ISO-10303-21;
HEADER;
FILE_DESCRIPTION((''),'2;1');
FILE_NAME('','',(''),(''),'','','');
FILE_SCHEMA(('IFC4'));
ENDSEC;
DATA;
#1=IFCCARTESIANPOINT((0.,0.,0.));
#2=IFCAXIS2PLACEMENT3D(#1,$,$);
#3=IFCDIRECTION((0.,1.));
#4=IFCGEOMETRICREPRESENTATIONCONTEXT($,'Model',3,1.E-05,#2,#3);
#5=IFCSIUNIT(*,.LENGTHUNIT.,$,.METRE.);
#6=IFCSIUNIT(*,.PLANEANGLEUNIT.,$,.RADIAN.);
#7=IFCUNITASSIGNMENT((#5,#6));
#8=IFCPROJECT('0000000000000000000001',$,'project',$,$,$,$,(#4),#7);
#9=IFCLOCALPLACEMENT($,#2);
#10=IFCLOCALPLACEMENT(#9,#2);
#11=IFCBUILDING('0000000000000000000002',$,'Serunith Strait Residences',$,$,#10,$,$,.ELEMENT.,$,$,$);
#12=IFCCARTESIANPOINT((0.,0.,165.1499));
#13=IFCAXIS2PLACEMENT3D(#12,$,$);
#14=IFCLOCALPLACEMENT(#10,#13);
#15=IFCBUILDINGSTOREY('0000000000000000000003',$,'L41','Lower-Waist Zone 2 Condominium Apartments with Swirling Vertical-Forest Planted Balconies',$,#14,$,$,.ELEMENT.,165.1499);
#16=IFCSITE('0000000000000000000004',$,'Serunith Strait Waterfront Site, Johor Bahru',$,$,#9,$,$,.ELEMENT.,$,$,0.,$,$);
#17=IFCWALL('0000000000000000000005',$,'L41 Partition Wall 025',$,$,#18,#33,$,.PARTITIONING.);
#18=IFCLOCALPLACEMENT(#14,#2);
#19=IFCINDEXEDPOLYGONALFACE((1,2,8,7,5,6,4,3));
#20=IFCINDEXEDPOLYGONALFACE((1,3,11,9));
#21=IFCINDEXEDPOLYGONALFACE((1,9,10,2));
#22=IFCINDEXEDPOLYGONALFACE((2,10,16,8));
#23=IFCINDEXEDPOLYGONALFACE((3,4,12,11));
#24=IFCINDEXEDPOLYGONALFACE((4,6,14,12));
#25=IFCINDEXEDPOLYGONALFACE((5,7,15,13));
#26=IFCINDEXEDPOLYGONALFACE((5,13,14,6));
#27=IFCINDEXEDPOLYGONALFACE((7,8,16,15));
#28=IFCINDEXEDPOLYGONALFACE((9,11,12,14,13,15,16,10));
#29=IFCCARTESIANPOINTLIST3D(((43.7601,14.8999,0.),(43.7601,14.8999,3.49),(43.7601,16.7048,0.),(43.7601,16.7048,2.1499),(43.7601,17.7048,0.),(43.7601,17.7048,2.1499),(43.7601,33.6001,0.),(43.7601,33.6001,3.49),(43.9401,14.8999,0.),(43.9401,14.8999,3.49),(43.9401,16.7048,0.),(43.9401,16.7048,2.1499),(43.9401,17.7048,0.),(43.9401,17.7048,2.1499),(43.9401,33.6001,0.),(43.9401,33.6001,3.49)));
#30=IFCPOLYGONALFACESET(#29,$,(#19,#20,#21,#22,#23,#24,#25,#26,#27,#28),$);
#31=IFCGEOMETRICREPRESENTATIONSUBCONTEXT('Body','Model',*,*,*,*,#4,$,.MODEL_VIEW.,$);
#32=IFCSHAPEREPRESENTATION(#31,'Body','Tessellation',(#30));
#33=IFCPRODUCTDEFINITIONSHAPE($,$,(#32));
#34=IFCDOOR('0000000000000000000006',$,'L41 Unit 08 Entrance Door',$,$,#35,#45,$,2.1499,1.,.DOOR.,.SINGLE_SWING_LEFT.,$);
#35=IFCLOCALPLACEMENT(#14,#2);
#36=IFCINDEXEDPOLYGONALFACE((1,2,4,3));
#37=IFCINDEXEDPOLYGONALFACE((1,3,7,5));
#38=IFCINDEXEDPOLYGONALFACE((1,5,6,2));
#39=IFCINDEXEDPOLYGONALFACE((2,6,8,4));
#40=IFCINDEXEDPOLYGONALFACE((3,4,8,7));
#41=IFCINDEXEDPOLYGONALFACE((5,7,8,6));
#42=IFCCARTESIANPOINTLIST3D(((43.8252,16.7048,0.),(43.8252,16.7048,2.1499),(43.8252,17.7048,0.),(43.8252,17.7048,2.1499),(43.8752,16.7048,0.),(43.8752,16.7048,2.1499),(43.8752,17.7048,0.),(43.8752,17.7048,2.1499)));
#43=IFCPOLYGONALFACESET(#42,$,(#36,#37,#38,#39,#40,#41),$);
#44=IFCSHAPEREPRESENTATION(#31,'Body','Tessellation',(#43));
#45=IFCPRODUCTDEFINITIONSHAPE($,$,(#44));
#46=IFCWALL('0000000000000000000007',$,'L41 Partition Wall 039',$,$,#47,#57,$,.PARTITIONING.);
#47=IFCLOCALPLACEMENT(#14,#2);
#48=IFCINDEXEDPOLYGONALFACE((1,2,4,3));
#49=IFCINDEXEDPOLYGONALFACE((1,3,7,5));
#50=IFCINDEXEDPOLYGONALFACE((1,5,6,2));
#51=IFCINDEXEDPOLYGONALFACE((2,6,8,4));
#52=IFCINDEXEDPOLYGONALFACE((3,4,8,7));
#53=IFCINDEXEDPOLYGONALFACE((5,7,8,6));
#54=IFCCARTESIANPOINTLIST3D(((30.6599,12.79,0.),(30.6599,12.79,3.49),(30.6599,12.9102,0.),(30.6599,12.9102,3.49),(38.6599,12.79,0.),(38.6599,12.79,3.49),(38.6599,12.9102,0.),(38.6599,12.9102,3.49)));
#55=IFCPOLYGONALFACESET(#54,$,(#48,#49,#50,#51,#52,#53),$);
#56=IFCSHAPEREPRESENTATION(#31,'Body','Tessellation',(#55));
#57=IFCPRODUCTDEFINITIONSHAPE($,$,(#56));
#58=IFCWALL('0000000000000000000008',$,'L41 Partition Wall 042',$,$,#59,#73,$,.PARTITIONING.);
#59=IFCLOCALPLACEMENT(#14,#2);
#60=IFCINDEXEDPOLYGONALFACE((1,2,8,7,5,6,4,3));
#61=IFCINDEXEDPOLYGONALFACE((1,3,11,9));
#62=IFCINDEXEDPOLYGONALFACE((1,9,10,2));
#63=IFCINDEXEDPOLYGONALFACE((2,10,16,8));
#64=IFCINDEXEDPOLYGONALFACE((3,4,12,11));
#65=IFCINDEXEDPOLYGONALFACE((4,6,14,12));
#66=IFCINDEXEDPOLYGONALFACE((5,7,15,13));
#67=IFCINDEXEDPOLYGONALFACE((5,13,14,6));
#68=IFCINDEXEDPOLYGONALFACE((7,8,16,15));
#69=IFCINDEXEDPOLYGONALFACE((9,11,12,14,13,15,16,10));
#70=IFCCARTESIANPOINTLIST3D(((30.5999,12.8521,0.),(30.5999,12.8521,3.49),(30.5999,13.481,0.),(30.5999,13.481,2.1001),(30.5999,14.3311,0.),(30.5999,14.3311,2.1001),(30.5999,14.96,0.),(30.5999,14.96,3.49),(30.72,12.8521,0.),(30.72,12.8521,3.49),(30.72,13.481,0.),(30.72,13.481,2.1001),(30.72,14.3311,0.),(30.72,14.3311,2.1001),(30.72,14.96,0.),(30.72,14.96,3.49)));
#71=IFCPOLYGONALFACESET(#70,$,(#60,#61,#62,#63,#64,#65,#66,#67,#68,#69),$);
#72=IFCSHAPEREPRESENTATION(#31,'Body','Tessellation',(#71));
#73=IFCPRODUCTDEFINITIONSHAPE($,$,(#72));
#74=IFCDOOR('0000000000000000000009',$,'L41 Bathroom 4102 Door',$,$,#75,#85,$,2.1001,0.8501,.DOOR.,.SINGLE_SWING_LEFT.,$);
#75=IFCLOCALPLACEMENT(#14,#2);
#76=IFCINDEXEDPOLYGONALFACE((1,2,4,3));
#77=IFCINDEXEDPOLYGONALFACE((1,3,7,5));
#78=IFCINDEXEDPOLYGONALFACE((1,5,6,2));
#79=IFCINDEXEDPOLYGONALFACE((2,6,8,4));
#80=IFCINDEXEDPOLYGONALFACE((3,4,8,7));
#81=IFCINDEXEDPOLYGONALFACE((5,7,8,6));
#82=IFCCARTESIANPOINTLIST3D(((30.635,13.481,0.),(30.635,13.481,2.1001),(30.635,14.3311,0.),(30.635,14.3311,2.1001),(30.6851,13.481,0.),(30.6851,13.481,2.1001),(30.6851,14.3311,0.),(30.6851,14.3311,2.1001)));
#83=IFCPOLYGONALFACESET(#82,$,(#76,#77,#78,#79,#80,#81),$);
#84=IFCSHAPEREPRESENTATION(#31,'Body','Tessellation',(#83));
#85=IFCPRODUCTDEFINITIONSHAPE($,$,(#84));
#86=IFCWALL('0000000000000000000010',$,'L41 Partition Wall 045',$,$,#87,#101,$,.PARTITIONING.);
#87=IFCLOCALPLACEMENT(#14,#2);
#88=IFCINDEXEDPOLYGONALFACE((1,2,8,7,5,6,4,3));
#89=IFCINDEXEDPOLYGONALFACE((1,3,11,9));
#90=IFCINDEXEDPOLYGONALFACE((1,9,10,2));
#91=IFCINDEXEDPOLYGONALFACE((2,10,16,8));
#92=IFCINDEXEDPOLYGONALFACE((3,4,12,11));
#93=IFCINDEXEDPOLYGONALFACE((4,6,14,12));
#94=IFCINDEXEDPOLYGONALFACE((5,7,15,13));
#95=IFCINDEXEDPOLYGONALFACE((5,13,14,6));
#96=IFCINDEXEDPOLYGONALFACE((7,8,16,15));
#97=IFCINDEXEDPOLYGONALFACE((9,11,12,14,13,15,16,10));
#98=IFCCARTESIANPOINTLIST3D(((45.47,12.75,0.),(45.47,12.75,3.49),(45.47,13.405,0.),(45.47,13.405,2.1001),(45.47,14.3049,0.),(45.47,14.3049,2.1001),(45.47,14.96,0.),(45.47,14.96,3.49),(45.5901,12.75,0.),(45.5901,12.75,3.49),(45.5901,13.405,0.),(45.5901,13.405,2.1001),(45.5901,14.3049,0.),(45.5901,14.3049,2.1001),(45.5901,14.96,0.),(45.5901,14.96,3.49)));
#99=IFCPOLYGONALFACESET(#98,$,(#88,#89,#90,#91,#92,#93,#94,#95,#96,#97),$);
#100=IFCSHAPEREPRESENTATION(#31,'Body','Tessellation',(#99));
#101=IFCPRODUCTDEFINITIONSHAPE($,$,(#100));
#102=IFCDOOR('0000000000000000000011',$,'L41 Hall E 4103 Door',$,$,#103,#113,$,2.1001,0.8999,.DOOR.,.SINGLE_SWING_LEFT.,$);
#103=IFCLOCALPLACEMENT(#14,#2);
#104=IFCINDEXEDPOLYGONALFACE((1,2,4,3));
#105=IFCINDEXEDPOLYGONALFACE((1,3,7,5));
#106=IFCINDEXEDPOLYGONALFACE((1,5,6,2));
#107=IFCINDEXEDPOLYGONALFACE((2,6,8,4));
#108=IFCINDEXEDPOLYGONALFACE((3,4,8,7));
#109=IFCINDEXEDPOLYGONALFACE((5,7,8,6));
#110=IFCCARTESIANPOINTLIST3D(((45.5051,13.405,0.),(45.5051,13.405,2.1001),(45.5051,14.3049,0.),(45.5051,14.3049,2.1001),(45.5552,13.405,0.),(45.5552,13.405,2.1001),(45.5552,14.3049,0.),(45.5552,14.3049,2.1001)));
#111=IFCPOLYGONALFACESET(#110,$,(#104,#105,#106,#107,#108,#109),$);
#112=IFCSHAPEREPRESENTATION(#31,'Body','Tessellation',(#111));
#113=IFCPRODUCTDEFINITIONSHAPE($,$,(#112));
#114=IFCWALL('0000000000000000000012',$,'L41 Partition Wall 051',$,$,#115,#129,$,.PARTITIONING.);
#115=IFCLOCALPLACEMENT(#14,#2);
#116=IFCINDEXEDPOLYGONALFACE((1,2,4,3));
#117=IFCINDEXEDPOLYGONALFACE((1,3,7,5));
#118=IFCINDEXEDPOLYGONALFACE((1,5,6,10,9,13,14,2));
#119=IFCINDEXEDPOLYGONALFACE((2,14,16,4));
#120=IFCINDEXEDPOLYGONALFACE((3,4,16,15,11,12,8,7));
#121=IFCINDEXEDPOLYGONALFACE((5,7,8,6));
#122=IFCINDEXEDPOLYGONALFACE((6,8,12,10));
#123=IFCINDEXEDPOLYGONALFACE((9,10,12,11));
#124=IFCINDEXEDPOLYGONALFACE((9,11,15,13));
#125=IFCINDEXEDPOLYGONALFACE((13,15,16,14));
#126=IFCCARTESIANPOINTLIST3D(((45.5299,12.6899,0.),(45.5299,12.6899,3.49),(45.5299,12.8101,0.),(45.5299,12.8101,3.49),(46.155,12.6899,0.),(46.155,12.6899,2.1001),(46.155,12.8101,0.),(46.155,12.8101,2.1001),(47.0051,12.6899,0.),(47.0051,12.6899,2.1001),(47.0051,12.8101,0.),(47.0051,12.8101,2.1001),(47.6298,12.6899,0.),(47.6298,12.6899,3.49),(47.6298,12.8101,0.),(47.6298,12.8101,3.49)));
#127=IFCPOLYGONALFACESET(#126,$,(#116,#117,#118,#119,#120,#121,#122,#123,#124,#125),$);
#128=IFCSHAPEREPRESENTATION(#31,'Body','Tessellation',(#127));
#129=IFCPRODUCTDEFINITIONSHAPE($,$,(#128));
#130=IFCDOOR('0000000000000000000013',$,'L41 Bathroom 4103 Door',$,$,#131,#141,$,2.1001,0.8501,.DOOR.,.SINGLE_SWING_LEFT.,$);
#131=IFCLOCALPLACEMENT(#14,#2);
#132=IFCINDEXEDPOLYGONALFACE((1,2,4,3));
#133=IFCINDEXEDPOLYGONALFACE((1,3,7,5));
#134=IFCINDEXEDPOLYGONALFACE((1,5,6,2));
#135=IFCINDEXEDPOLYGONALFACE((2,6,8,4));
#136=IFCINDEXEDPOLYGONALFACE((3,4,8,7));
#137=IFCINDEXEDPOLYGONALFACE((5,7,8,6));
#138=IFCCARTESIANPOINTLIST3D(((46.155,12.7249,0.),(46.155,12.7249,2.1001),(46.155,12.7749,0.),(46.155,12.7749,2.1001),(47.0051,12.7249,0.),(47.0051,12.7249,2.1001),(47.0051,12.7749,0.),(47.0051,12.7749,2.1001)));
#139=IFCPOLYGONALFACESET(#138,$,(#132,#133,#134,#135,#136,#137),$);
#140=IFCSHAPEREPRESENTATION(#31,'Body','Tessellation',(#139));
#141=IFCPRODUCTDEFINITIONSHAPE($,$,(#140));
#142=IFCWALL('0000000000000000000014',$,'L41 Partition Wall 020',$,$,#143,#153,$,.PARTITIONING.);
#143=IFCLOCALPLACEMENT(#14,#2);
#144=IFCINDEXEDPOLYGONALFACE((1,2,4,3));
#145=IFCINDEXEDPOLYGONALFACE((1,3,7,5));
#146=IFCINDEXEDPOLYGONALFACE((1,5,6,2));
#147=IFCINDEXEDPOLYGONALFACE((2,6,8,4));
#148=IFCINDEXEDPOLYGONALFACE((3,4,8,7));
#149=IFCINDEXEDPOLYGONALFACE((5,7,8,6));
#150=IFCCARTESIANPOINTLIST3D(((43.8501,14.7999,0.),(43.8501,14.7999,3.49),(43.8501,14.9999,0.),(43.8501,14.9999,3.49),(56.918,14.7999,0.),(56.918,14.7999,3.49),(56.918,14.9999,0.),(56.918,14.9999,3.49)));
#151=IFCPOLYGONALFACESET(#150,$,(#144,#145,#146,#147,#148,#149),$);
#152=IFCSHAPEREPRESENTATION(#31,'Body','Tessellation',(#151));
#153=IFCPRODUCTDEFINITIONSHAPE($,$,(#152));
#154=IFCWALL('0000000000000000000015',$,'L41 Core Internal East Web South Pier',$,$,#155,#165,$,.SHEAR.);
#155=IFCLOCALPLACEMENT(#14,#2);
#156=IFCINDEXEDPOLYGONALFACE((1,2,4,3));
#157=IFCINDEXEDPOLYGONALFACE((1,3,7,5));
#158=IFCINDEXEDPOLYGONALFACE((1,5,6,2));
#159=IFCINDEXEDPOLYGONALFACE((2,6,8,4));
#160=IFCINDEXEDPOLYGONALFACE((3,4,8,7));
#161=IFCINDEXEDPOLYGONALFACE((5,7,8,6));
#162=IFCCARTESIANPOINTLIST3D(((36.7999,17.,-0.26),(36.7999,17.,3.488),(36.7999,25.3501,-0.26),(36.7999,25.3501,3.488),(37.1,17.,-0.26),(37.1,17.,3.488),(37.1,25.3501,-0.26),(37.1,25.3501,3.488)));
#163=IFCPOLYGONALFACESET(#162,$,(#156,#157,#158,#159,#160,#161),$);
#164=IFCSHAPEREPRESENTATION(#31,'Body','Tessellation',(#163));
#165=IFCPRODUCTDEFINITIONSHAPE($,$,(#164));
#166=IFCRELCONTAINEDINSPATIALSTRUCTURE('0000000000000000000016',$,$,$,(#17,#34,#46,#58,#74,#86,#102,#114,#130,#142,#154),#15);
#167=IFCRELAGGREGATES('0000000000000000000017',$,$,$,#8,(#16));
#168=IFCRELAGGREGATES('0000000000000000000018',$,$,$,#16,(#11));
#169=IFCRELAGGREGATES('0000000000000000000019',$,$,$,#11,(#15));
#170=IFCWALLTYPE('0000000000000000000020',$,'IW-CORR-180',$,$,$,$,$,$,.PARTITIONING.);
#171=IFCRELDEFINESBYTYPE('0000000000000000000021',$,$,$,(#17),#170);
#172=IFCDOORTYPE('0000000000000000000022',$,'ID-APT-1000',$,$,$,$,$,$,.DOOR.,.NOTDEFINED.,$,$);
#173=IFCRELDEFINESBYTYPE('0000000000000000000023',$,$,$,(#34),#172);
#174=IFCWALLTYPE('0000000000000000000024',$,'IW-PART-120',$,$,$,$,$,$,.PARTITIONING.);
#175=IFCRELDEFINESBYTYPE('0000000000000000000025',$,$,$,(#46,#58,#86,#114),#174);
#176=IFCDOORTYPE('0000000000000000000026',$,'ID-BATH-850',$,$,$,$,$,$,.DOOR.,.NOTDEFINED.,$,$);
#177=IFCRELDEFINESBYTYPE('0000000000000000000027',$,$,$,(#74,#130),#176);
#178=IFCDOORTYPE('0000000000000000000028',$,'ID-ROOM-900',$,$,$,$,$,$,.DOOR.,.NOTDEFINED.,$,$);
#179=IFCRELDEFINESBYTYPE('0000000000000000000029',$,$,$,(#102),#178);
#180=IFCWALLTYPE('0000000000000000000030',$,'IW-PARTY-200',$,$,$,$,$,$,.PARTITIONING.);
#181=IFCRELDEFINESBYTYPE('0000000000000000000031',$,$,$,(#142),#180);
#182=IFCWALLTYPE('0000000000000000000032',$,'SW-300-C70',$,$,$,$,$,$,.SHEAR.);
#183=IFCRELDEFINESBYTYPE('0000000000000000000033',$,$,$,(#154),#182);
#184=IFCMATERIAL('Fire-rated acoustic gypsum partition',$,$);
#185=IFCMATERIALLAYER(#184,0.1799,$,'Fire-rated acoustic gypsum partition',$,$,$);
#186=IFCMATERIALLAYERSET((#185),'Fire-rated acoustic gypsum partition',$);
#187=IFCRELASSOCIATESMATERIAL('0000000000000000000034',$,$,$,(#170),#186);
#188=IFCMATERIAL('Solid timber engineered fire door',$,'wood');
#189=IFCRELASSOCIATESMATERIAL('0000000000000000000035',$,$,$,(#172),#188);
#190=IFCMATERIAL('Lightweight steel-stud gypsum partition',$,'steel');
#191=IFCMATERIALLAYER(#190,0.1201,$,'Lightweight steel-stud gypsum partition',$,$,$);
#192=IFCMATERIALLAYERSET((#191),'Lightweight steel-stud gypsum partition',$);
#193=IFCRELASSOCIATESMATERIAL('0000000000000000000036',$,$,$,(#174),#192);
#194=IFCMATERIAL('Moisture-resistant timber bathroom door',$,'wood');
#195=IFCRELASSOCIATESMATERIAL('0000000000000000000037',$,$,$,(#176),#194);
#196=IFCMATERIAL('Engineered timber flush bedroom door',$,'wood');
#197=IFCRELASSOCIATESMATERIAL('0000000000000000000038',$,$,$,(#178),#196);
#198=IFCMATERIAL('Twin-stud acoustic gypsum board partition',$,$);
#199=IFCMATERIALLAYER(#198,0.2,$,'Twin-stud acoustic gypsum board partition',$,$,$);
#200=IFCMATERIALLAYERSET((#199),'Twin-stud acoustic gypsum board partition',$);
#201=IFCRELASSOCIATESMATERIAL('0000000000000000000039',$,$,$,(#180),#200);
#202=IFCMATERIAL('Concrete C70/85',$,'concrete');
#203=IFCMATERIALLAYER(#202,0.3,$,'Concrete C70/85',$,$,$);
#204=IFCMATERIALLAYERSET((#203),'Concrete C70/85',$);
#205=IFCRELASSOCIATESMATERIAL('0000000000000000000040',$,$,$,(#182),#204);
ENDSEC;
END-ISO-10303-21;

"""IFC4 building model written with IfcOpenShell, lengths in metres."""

from ifc_helpers import new_model, si_unit, direction, frame, frame_2d, origin, place, context, subcontext, project, spatial, rectangle, extrude, source, transform, mapped, material, layer, layer_set, type_object, element, fill, save


model = new_model("IFC4")

# Units and contexts
model_context = context("Model", 3, precision=1e-05, world=origin(), true_north=direction((0.0, 1.0)))
body_context = subcontext(model_context, "Body", "Model", "MODEL_VIEW")
ifc_project = project(units=[si_unit("LENGTHUNIT", "METRE"), si_unit("PLANEANGLEUNIT", "RADIAN")], contexts=[model_context])

# Site, building, storey
site_placement = place(None, origin())
site = spatial("IfcSite", under=ifc_project, at=site_placement, Name="Serunith Strait Waterfront Site, Johor Bahru", CompositionType="ELEMENT", RefElevation=0.0)
building_placement = place(site_placement, origin())
building = spatial("IfcBuilding", under=site, at=building_placement, Name="Serunith Strait Residences", CompositionType="ELEMENT")
storey_placement = place(building_placement, frame((0.0, 0.0, 165.1499)))
storey = spatial("IfcBuildingStorey", under=building, at=storey_placement, Name="L41", Description="Lower-Waist Zone 2 Condominium Apartments with Swirling Vertical-Forest Planted Balconies", CompositionType="ELEMENT", Elevation=165.1499)

# Wall, opening, door
ifc_material_1 = material(Name="Fire-rated acoustic gypsum partition")
ifc_layer_1 = layer(ifc_material_1, 0.1799, Name="Fire-rated acoustic gypsum partition")
ifc_layer_set_1 = layer_set([ifc_layer_1], Name="Fire-rated acoustic gypsum partition")
wall_type_1 = type_object("IfcWallType", Name="IW-CORR-180", PredefinedType="PARTITIONING", material=ifc_layer_set_1)
wall_1_placement = place(storey_placement, frame((43.8501, 14.8999, 0.0), z_axis=(0.0, 0.0, 1.0), x_axis=(0.0, 1.0, 0.0)))
wall_1 = element("IfcWall", 1, at=wall_1_placement, inside=storey, type_object=wall_type_1, Name="L41 Partition Wall 025", PredefinedType="PARTITIONING", context=body_context, shape_type="SweptSolid", body=[
    extrude(rectangle(XDim=18.7002, YDim=0.1799, at=frame_2d((9.3501, 0.0))), origin(), (0.0, 0.0, 1.0), 3.49),
])
opening_1_placement = place(wall_1_placement, frame((1.8049, 0.0, 0.0)))
opening_1 = element("IfcOpeningElement", 2, at=opening_1_placement, cuts=wall_1, PredefinedType="OPENING", context=body_context, shape_type="SweptSolid", body=[
    extrude(rectangle(XDim=1.0, YDim=2.1499, at=frame_2d((0.5, 1.075))), frame((0.0, 0.1001, 0.0), z_axis=(0.0, -1.0, 0.0), x_axis=(1.0, 0.0, 0.0)), (0.0, 0.0, 1.0), 0.2),
])
ifc_material_2 = material(Name="Solid timber engineered fire door", Category="wood")
door_type_1 = type_object("IfcDoorType", Name="ID-APT-1000", OperationType="NOTDEFINED", PredefinedType="DOOR", material=ifc_material_2)
shared_shape_1 = source(origin(), body_context, "Body", "SweptSolid", [
    extrude(rectangle(XDim=1.0, YDim=2.1499, at=frame_2d((0.5, 1.075))), frame((0.0, 0.0249, 0.0), z_axis=(0.0, -1.0, 0.0), x_axis=(1.0, 0.0, 0.0)), (0.0, 0.0, 1.0), 0.05),
])
door_1_placement = place(opening_1_placement, origin())
door_1 = element("IfcDoor", 3, at=door_1_placement, inside=storey, type_object=door_type_1, Name="L41 Unit 08 Entrance Door", OperationType="SINGLE_SWING_LEFT", OverallHeight=2.1499, OverallWidth=1.0, PredefinedType="DOOR", context=body_context, shape_type="MappedRepresentation", body=[
    mapped(shared_shape_1, transform((0.0, 0.0, 0.0), scale=1.0)),
])
fill(opening_1, door_1)

# Wall
ifc_material_3 = material(Name="Lightweight steel-stud gypsum partition", Category="steel")
ifc_layer_2 = layer(ifc_material_3, 0.1201, Name="Lightweight steel-stud gypsum partition")
ifc_layer_set_2 = layer_set([ifc_layer_2], Name="Lightweight steel-stud gypsum partition")
wall_type_2 = type_object("IfcWallType", Name="IW-PART-120", PredefinedType="PARTITIONING", material=ifc_layer_set_2)
wall_2_placement = place(storey_placement, frame((30.6599, 12.8501, 0.0), z_axis=(0.0, 0.0, 1.0), x_axis=(1.0, 0.0, 0.0)))
element("IfcWall", 4, at=wall_2_placement, inside=storey, type_object=wall_type_2, Name="L41 Partition Wall 039", PredefinedType="PARTITIONING", context=body_context, shape_type="SweptSolid", body=[
    extrude(rectangle(XDim=8.0, YDim=0.1201, at=frame_2d((4.0, 0.0))), origin(), (0.0, 0.0, 1.0), 3.49),
])

# Walls, openings, doors
wall_3_placement = place(storey_placement, frame((30.6599, 12.8521, 0.0), z_axis=(0.0, 0.0, 1.0), x_axis=(0.0, 1.0, 0.0)))
wall_3 = element("IfcWall", 5, at=wall_3_placement, inside=storey, type_object=wall_type_2, Name="L41 Partition Wall 042", PredefinedType="PARTITIONING", context=body_context, shape_type="SweptSolid", body=[
    extrude(rectangle(XDim=2.1079, YDim=0.1201, at=frame_2d((1.054, 0.0))), origin(), (0.0, 0.0, 1.0), 3.49),
])
opening_2_placement = place(wall_3_placement, frame((0.6289, 0.0, 0.0)))
opening_2 = element("IfcOpeningElement", 6, at=opening_2_placement, cuts=wall_3, PredefinedType="OPENING", context=body_context, shape_type="SweptSolid", body=[
    extrude(rectangle(XDim=0.8501, YDim=2.1001, at=frame_2d((0.425, 1.05))), frame((0.0, 0.0701, 0.0), z_axis=(0.0, -1.0, 0.0), x_axis=(1.0, 0.0, 0.0)), (0.0, 0.0, 1.0), 0.1401),
])
ifc_material_4 = material(Name="Moisture-resistant timber bathroom door", Category="wood")
door_type_2 = type_object("IfcDoorType", Name="ID-BATH-850", OperationType="NOTDEFINED", PredefinedType="DOOR", material=ifc_material_4)
shared_shape_2 = source(origin(), body_context, "Body", "SweptSolid", [
    extrude(rectangle(XDim=0.8501, YDim=2.1001, at=frame_2d((0.425, 1.05))), frame((0.0, 0.0249, 0.0), z_axis=(0.0, -1.0, 0.0), x_axis=(1.0, 0.0, 0.0)), (0.0, 0.0, 1.0), 0.05),
])
door_2_placement = place(opening_2_placement, origin())
door_2 = element("IfcDoor", 7, at=door_2_placement, inside=storey, type_object=door_type_2, Name="L41 Bathroom 4102 Door", OperationType="SINGLE_SWING_LEFT", OverallHeight=2.1001, OverallWidth=0.8501, PredefinedType="DOOR", context=body_context, shape_type="MappedRepresentation", body=[
    mapped(shared_shape_2, transform((0.0, 0.0, 0.0), scale=1.0)),
])
fill(opening_2, door_2)
wall_4_placement = place(storey_placement, frame((45.53, 12.75, 0.0), z_axis=(0.0, 0.0, 1.0), x_axis=(0.0, 1.0, 0.0)))
wall_4 = element("IfcWall", 8, at=wall_4_placement, inside=storey, type_object=wall_type_2, Name="L41 Partition Wall 045", PredefinedType="PARTITIONING", context=body_context, shape_type="SweptSolid", body=[
    extrude(rectangle(XDim=2.21, YDim=0.1201, at=frame_2d((1.105, 0.0))), origin(), (0.0, 0.0, 1.0), 3.49),
])
opening_3_placement = place(wall_4_placement, frame((0.655, 0.0, 0.0)))
opening_3 = element("IfcOpeningElement", 9, at=opening_3_placement, cuts=wall_4, PredefinedType="OPENING", context=body_context, shape_type="SweptSolid", body=[
    extrude(rectangle(XDim=0.8999, YDim=2.1001, at=frame_2d((0.45, 1.05))), frame((0.0, 0.0701, 0.0), z_axis=(0.0, -1.0, 0.0), x_axis=(1.0, 0.0, 0.0)), (0.0, 0.0, 1.0), 0.1401),
])
ifc_material_5 = material(Name="Engineered timber flush bedroom door", Category="wood")
door_type_3 = type_object("IfcDoorType", Name="ID-ROOM-900", OperationType="NOTDEFINED", PredefinedType="DOOR", material=ifc_material_5)
shared_shape_3 = source(origin(), body_context, "Body", "SweptSolid", [
    extrude(rectangle(XDim=0.8999, YDim=2.1001, at=frame_2d((0.45, 1.05))), frame((0.0, 0.0249, 0.0), z_axis=(0.0, -1.0, 0.0), x_axis=(1.0, 0.0, 0.0)), (0.0, 0.0, 1.0), 0.05),
])
door_3_placement = place(opening_3_placement, origin())
door_3 = element("IfcDoor", 10, at=door_3_placement, inside=storey, type_object=door_type_3, Name="L41 Hall E 4103 Door", OperationType="SINGLE_SWING_LEFT", OverallHeight=2.1001, OverallWidth=0.8999, PredefinedType="DOOR", context=body_context, shape_type="MappedRepresentation", body=[
    mapped(shared_shape_3, transform((0.0, 0.0, 0.0), scale=1.0)),
])
fill(opening_3, door_3)
wall_5_placement = place(storey_placement, frame((45.53, 12.75, 0.0), z_axis=(0.0, 0.0, 1.0), x_axis=(1.0, 0.0, 0.0)))
wall_5 = element("IfcWall", 11, at=wall_5_placement, inside=storey, type_object=wall_type_2, Name="L41 Partition Wall 051", PredefinedType="PARTITIONING", context=body_context, shape_type="SweptSolid", body=[
    extrude(rectangle(XDim=2.0999, YDim=0.1201, at=frame_2d((1.0498, 0.0))), origin(), (0.0, 0.0, 1.0), 3.49),
])
opening_4_placement = place(wall_5_placement, frame((0.625, 0.0, 0.0)))
opening_4 = element("IfcOpeningElement", 12, at=opening_4_placement, cuts=wall_5, PredefinedType="OPENING", context=body_context, shape_type="SweptSolid", body=[
    extrude(rectangle(XDim=0.8501, YDim=2.1001, at=frame_2d((0.425, 1.05))), frame((0.0, 0.0701, 0.0), z_axis=(0.0, -1.0, 0.0), x_axis=(1.0, 0.0, 0.0)), (0.0, 0.0, 1.0), 0.1401),
])
door_4_placement = place(opening_4_placement, origin())
door_4 = element("IfcDoor", 13, at=door_4_placement, inside=storey, type_object=door_type_2, Name="L41 Bathroom 4103 Door", OperationType="SINGLE_SWING_LEFT", OverallHeight=2.1001, OverallWidth=0.8501, PredefinedType="DOOR", context=body_context, shape_type="MappedRepresentation", body=[
    mapped(shared_shape_2, transform((0.0, 0.0, 0.0), scale=1.0)),
])
fill(opening_4, door_4)

# Walls
ifc_material_6 = material(Name="Twin-stud acoustic gypsum board partition")
ifc_layer_3 = layer(ifc_material_6, 0.2, Name="Twin-stud acoustic gypsum board partition")
ifc_layer_set_3 = layer_set([ifc_layer_3], Name="Twin-stud acoustic gypsum board partition")
wall_type_3 = type_object("IfcWallType", Name="IW-PARTY-200", PredefinedType="PARTITIONING", material=ifc_layer_set_3)
wall_6_placement = place(storey_placement, frame((43.8501, 14.8999, 0.0), z_axis=(0.0, 0.0, 1.0), x_axis=(1.0, 0.0, 0.0)))
element("IfcWall", 14, at=wall_6_placement, inside=storey, type_object=wall_type_3, Name="L41 Partition Wall 020", PredefinedType="PARTITIONING", context=body_context, shape_type="SweptSolid", body=[
    extrude(rectangle(XDim=13.0679, YDim=0.2, at=frame_2d((6.5339, 0.0))), origin(), (0.0, 0.0, 1.0), 3.49),
])
ifc_material_7 = material(Name="Concrete C70/85", Category="concrete")
ifc_layer_4 = layer(ifc_material_7, 0.3, Name="Concrete C70/85")
ifc_layer_set_4 = layer_set([ifc_layer_4], Name="Concrete C70/85")
wall_type_4 = type_object("IfcWallType", Name="SW-300-C70", PredefinedType="SHEAR", material=ifc_layer_set_4)
wall_7_placement = place(storey_placement, frame((36.95, 17.0, -0.26), z_axis=(0.0, 0.0, 1.0), x_axis=(0.0, 1.0, 0.0)))
element("IfcWall", 15, at=wall_7_placement, inside=storey, type_object=wall_type_4, Name="L41 Core Internal East Web South Pier", PredefinedType="SHEAR", context=body_context, shape_type="SweptSolid", body=[
    extrude(rectangle(XDim=8.3501, YDim=0.3, at=frame_2d((4.175, 0.0))), origin(), (0.0, 0.0, 1.0), 3.748),
])

save(model, "model.ifc")
